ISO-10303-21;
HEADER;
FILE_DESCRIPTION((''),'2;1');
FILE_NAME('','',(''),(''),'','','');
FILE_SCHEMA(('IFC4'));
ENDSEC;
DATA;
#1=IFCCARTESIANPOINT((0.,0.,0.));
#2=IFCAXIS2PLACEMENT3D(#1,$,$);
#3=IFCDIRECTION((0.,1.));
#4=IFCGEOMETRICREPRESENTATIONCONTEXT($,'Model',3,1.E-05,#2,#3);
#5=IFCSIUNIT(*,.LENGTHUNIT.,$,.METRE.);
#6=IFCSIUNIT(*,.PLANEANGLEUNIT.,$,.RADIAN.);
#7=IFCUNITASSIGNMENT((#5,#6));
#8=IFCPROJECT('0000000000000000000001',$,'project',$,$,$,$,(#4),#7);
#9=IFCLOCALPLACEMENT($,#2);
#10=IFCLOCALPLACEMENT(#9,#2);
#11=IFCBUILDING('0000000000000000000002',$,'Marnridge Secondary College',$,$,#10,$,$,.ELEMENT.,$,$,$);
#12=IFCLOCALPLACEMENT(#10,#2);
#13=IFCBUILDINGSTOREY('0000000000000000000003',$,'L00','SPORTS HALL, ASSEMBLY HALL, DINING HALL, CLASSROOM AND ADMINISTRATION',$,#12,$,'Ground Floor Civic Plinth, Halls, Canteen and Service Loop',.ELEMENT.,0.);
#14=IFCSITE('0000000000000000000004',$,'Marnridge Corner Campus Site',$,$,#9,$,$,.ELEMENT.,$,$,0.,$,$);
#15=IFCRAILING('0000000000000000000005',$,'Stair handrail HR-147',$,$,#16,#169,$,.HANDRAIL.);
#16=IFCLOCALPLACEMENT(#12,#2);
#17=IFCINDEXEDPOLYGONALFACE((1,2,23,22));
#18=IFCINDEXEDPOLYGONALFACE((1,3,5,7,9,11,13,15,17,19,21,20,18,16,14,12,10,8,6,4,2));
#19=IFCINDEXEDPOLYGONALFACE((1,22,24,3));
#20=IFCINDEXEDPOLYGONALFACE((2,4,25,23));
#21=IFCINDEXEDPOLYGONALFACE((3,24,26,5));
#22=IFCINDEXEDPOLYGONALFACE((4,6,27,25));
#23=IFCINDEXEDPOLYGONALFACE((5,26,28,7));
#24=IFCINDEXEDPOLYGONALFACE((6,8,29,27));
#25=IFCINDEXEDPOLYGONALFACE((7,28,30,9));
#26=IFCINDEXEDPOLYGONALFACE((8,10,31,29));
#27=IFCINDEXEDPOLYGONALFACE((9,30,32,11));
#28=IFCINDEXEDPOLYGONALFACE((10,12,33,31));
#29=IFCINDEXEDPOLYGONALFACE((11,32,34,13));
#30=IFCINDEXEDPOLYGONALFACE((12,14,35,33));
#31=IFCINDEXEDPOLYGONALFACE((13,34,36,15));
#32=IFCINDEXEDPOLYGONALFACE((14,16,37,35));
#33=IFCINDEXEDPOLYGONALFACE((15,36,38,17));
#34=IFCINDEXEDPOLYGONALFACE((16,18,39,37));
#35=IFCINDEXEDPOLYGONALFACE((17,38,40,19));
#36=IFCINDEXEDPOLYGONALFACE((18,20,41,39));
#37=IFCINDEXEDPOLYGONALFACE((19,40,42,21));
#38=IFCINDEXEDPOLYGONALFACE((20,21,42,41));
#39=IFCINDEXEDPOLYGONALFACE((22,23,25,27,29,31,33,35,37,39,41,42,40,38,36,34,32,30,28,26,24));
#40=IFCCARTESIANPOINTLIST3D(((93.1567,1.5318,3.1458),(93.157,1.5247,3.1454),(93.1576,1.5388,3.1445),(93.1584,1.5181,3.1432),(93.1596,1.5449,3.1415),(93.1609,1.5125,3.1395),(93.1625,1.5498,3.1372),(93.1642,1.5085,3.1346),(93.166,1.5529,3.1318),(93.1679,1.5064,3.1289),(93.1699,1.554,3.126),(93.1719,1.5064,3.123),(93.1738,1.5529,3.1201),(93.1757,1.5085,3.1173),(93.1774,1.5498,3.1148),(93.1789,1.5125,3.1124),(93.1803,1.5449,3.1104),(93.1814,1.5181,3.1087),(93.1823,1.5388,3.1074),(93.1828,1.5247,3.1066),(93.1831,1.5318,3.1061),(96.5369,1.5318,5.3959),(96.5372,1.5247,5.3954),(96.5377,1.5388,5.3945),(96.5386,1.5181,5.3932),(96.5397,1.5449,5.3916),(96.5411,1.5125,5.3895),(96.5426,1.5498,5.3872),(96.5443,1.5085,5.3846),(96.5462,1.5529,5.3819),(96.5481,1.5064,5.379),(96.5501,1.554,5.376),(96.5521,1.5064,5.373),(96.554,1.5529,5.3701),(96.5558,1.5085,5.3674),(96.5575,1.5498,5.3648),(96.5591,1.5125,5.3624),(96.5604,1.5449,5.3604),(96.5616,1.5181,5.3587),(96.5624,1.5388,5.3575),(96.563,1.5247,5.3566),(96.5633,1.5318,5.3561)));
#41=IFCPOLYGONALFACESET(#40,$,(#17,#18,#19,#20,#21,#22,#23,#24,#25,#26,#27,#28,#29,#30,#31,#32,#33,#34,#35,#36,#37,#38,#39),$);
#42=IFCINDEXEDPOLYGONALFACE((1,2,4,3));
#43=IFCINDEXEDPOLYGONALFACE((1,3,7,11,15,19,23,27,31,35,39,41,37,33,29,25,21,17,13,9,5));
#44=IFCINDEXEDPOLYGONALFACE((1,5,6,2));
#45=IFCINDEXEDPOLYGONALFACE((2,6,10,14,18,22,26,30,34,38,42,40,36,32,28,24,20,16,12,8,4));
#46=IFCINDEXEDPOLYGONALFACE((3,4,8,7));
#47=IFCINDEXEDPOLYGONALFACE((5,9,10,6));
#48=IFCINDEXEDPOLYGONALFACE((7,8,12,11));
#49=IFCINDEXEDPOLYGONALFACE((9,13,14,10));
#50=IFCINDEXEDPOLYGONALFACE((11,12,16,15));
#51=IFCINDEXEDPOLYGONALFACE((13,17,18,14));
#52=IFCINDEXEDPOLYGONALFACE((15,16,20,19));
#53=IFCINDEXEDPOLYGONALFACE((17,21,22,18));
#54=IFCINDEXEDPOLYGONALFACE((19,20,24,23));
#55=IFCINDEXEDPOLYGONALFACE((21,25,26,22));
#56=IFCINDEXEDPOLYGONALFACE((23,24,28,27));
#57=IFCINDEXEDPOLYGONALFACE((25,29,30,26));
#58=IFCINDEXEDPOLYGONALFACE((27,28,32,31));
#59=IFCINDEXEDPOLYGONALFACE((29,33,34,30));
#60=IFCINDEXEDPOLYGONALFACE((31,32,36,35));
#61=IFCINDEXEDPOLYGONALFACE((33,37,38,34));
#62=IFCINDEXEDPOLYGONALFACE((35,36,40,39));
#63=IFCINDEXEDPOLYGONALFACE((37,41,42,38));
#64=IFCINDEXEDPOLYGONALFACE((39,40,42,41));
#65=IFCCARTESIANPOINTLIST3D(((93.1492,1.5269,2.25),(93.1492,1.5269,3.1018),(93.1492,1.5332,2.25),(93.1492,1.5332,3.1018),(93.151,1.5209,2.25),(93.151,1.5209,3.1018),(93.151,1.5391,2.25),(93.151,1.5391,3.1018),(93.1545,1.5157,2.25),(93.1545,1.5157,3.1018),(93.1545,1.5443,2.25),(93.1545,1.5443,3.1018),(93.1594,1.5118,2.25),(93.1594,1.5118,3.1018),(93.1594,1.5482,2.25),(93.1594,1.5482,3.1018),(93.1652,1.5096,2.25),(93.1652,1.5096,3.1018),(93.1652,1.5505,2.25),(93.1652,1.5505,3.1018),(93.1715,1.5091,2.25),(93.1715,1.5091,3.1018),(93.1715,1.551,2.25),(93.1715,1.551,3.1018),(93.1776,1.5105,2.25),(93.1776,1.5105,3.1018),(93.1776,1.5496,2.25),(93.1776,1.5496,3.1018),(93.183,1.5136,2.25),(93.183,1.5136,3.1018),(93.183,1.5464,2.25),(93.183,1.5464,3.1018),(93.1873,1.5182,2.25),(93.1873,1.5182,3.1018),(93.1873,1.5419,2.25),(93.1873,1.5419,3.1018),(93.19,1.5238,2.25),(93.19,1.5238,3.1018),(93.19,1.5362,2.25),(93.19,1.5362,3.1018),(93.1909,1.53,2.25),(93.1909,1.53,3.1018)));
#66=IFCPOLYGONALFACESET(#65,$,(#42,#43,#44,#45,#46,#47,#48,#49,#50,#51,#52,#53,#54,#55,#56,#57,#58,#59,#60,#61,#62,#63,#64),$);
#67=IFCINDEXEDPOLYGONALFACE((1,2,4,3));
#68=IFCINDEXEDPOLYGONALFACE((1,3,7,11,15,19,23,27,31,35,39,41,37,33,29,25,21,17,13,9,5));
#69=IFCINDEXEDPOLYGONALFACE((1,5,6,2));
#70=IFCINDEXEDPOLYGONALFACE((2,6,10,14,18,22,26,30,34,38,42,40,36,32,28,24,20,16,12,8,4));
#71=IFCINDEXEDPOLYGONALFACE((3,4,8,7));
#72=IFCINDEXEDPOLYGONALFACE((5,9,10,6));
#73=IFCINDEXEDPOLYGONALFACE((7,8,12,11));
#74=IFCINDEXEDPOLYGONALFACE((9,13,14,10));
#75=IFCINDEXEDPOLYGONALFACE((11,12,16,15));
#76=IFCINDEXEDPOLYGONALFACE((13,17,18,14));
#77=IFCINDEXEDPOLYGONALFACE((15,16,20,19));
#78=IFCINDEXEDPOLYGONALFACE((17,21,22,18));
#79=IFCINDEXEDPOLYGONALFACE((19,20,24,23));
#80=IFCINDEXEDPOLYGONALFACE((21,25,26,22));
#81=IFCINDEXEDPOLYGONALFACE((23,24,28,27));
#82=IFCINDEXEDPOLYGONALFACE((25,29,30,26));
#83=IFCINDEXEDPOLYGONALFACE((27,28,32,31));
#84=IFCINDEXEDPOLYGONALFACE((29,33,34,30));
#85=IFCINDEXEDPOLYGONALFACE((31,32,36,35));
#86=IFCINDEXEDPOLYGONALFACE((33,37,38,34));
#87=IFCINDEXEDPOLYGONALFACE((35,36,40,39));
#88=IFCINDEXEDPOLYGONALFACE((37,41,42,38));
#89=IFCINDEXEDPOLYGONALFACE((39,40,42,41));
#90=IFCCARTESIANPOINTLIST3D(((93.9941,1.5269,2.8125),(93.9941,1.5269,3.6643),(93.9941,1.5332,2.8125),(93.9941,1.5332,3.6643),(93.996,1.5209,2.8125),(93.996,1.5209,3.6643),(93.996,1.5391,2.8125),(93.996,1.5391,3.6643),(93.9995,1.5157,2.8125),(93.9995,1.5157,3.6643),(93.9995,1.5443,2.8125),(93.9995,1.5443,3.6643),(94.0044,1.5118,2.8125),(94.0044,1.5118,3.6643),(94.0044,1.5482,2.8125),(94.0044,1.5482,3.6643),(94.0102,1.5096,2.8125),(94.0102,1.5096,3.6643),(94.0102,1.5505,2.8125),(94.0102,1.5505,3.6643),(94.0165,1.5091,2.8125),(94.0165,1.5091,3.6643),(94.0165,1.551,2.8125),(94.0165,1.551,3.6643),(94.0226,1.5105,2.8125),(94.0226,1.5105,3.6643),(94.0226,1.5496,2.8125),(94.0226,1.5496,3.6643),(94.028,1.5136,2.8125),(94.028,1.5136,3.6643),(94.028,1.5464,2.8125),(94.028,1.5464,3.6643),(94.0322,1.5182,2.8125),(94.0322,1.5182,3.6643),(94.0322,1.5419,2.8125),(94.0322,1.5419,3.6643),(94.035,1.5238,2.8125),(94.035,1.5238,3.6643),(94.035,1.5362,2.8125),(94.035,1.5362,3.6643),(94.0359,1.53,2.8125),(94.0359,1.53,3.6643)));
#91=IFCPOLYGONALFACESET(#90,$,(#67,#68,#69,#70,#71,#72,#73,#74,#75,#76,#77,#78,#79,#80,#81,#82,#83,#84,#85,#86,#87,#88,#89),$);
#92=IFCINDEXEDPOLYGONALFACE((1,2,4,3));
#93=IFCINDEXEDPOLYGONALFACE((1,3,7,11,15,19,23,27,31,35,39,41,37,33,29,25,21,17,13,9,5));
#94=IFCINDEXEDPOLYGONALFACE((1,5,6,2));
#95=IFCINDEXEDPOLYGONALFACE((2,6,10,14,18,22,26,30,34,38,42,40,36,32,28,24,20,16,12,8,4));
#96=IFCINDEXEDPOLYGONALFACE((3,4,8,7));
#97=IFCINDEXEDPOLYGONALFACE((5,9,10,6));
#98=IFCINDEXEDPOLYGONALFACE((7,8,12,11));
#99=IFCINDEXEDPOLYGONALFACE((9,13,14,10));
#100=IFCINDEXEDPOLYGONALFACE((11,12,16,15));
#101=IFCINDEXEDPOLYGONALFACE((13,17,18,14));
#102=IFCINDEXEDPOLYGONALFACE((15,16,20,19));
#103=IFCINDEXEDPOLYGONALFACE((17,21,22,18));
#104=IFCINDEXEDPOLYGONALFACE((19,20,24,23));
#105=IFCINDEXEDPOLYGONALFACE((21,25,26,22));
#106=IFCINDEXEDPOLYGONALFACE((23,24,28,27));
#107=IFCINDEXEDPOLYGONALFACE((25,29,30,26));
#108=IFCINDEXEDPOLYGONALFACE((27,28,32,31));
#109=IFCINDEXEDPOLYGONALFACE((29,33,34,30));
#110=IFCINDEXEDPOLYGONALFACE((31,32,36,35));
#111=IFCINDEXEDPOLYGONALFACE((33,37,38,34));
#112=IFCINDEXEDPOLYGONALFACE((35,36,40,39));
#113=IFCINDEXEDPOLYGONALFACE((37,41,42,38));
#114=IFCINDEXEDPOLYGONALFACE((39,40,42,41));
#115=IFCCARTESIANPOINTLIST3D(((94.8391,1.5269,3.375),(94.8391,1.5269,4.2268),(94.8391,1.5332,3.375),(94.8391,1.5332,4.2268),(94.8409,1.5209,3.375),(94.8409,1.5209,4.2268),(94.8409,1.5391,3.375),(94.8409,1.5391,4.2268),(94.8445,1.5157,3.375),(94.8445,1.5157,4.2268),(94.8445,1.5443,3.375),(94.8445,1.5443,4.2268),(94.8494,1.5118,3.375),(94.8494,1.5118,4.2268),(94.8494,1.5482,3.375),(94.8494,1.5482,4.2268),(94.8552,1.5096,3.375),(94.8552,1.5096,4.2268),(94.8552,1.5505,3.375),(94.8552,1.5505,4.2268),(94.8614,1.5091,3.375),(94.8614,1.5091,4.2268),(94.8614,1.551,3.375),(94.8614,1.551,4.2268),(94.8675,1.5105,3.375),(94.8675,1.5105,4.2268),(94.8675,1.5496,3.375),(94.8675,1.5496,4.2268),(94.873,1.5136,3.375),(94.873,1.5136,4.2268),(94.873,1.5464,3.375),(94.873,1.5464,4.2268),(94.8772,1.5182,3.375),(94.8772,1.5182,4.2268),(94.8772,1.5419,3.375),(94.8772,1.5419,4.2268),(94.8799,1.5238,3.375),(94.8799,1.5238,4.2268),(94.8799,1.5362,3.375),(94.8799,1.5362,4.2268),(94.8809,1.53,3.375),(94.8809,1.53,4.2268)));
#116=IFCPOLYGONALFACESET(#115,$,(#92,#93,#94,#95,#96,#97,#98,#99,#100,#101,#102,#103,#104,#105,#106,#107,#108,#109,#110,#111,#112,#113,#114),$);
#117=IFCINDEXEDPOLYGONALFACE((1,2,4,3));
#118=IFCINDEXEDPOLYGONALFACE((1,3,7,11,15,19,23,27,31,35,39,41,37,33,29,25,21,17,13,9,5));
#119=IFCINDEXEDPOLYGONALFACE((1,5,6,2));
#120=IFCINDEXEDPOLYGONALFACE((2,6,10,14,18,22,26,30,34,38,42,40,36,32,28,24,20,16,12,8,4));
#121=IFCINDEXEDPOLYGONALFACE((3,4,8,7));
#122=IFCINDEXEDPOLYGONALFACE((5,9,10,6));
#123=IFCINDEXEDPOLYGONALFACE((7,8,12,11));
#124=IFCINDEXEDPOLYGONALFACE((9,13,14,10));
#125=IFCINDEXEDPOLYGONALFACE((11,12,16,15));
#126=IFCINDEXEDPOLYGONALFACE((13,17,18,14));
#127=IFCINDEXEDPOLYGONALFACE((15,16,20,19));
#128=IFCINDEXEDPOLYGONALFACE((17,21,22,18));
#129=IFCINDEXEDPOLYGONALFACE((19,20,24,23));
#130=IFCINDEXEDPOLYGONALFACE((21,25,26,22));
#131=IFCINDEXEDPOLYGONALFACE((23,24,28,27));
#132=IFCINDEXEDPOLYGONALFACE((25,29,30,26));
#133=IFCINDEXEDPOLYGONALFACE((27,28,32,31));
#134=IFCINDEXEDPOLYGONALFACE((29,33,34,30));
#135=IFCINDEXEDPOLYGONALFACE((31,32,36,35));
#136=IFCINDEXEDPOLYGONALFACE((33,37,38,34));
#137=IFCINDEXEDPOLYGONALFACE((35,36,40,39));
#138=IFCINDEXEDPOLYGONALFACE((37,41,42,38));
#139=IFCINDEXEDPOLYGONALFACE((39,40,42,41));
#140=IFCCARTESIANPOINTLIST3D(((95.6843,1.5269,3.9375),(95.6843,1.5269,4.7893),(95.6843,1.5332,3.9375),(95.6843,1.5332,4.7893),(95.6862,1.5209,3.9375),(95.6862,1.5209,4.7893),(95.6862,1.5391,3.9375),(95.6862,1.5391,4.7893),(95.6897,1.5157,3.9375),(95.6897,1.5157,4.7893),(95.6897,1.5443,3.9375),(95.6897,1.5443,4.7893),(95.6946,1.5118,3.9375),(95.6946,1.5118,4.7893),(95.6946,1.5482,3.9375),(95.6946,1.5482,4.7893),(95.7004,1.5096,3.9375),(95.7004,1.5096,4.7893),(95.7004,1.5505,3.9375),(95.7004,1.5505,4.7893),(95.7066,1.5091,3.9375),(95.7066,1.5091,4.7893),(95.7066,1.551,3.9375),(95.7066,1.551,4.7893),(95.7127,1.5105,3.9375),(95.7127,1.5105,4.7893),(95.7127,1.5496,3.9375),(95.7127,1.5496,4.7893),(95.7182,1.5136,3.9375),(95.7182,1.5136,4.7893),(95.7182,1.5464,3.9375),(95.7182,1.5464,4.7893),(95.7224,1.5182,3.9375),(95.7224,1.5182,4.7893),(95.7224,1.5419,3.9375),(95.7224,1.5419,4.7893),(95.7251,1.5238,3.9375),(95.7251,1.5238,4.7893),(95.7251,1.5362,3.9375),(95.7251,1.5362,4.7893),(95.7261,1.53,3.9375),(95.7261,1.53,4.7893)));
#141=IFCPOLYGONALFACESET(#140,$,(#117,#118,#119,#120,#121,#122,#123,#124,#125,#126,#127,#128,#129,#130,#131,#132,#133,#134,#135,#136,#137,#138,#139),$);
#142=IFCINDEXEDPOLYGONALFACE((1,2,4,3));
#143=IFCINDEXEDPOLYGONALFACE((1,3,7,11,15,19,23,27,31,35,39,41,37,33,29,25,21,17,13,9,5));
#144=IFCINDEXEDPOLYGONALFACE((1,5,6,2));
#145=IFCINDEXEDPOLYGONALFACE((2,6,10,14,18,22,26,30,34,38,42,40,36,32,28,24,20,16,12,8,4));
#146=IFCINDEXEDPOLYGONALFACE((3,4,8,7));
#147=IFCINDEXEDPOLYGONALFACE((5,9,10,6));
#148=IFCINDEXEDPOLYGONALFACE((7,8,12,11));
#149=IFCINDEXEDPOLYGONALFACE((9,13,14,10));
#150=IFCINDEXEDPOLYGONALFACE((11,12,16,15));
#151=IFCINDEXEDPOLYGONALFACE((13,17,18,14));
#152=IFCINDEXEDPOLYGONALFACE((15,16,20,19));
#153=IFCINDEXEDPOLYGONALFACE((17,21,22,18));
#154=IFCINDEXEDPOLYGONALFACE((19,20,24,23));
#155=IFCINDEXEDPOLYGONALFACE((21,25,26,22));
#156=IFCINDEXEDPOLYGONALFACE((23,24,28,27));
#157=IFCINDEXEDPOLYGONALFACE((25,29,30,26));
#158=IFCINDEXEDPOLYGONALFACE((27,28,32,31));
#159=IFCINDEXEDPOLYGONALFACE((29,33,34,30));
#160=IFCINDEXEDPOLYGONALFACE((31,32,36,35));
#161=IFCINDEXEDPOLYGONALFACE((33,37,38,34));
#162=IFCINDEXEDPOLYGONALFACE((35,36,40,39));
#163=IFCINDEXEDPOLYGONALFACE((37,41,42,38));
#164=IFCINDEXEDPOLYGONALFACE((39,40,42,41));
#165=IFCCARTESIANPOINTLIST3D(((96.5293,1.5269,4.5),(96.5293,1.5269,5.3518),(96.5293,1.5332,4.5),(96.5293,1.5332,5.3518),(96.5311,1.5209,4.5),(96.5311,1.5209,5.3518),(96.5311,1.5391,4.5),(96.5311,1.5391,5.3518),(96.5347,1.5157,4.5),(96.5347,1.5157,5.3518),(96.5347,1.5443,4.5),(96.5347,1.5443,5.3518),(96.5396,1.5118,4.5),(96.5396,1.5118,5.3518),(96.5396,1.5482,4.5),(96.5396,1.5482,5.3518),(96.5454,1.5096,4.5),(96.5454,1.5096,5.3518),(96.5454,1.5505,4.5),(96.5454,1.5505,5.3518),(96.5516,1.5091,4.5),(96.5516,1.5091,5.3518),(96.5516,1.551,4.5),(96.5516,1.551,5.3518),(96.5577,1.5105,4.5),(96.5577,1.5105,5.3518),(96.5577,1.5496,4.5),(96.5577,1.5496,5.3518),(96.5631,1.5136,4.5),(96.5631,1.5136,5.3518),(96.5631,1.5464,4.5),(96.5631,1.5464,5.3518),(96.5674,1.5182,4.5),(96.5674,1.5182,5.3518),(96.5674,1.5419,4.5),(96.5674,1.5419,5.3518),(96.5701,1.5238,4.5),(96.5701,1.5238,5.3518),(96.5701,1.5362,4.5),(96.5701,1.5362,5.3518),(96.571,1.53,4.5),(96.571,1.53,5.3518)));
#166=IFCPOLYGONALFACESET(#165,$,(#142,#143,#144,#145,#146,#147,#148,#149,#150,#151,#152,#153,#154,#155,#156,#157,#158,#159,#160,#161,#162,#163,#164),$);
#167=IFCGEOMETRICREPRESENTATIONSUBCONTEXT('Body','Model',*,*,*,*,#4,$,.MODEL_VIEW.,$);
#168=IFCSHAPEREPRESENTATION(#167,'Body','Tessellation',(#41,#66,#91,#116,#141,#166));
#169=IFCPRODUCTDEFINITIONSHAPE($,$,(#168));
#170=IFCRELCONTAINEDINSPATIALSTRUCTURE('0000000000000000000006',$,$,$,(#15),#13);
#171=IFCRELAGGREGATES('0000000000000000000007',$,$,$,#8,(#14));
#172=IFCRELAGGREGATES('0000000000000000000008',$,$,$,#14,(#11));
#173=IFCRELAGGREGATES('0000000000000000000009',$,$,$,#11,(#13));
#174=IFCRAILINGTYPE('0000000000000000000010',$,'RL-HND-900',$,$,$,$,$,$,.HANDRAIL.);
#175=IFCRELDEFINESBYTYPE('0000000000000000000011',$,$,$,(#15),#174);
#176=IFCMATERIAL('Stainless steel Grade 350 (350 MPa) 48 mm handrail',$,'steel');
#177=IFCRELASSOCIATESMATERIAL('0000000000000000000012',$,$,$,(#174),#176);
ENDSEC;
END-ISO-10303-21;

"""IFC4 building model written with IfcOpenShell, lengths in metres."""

from ifc_helpers import new_model, si_unit, direction, frame, origin, origin_2d, place, context, subcontext, project, spatial, circle, extrude, material, type_object, element, save


model = new_model("IFC4")

# Units and contexts
model_context = context("Model", 3, precision=1e-05, world=origin(), true_north=direction((0.0, 1.0)))
body_context = subcontext(model_context, "Body", "Model", "MODEL_VIEW")
ifc_project = project(units=[si_unit("LENGTHUNIT", "METRE"), si_unit("PLANEANGLEUNIT", "RADIAN")], contexts=[model_context])

# Site, building, storey
site_placement = place(None, origin())
site = spatial("IfcSite", under=ifc_project, at=site_placement, Name="Marnridge Corner Campus Site", CompositionType="ELEMENT", RefElevation=0.0)
building_placement = place(site_placement, origin())
building = spatial("IfcBuilding", under=site, at=building_placement, Name="Marnridge Secondary College", CompositionType="ELEMENT")
storey_placement = place(building_placement, origin())
storey = spatial("IfcBuildingStorey", under=building, at=storey_placement, Name="L00", Description="SPORTS HALL, ASSEMBLY HALL, DINING HALL, CLASSROOM AND ADMINISTRATION", LongName="Ground Floor Civic Plinth, Halls, Canteen and Service Loop", CompositionType="ELEMENT", Elevation=0.0)

# Railing
ifc_material_1 = material(Name="Stainless steel Grade 350 (350 MPa) 48 mm handrail", Category="steel")
railing_type = type_object("IfcRailingType", Name="RL-HND-900", PredefinedType="HANDRAIL", material=ifc_material_1)
railing_placement = place(storey_placement, frame((93.1699, 1.53, 2.25)))
element("IfcRailing", 1, at=railing_placement, inside=storey, type_object=railing_type, Name="Stair handrail HR-147", PredefinedType="HANDRAIL", context=body_context, shape_type="SweptSolid", body=[
    extrude(circle(Radius=0.0239, at=origin_2d()), frame((0.0, 0.0, 0.876), z_axis=(0.832439, 0.0, 0.554117), x_axis=(0.0, 1.0, 0.0)), (0.0, 0.0, 1.0), 4.0605),
    extrude(circle(Radius=0.021, at=origin_2d()), origin(), (0.0, 0.0, 1.0), 0.8518),
    extrude(circle(Radius=0.021, at=origin_2d()), frame((0.845, 0.0, 0.5625)), (0.0, 0.0, 1.0), 0.8518),
    extrude(circle(Radius=0.021, at=origin_2d()), frame((1.6899, 0.0, 1.125)), (0.0, 0.0, 1.0), 0.8518),
    extrude(circle(Radius=0.021, at=origin_2d()), frame((2.5352, 0.0, 1.6875)), (0.0, 0.0, 1.0), 0.8518),
    extrude(circle(Radius=0.021, at=origin_2d()), frame((3.3801, 0.0, 2.25)), (0.0, 0.0, 1.0), 0.8518),
])

save(model, "model.ifc")
